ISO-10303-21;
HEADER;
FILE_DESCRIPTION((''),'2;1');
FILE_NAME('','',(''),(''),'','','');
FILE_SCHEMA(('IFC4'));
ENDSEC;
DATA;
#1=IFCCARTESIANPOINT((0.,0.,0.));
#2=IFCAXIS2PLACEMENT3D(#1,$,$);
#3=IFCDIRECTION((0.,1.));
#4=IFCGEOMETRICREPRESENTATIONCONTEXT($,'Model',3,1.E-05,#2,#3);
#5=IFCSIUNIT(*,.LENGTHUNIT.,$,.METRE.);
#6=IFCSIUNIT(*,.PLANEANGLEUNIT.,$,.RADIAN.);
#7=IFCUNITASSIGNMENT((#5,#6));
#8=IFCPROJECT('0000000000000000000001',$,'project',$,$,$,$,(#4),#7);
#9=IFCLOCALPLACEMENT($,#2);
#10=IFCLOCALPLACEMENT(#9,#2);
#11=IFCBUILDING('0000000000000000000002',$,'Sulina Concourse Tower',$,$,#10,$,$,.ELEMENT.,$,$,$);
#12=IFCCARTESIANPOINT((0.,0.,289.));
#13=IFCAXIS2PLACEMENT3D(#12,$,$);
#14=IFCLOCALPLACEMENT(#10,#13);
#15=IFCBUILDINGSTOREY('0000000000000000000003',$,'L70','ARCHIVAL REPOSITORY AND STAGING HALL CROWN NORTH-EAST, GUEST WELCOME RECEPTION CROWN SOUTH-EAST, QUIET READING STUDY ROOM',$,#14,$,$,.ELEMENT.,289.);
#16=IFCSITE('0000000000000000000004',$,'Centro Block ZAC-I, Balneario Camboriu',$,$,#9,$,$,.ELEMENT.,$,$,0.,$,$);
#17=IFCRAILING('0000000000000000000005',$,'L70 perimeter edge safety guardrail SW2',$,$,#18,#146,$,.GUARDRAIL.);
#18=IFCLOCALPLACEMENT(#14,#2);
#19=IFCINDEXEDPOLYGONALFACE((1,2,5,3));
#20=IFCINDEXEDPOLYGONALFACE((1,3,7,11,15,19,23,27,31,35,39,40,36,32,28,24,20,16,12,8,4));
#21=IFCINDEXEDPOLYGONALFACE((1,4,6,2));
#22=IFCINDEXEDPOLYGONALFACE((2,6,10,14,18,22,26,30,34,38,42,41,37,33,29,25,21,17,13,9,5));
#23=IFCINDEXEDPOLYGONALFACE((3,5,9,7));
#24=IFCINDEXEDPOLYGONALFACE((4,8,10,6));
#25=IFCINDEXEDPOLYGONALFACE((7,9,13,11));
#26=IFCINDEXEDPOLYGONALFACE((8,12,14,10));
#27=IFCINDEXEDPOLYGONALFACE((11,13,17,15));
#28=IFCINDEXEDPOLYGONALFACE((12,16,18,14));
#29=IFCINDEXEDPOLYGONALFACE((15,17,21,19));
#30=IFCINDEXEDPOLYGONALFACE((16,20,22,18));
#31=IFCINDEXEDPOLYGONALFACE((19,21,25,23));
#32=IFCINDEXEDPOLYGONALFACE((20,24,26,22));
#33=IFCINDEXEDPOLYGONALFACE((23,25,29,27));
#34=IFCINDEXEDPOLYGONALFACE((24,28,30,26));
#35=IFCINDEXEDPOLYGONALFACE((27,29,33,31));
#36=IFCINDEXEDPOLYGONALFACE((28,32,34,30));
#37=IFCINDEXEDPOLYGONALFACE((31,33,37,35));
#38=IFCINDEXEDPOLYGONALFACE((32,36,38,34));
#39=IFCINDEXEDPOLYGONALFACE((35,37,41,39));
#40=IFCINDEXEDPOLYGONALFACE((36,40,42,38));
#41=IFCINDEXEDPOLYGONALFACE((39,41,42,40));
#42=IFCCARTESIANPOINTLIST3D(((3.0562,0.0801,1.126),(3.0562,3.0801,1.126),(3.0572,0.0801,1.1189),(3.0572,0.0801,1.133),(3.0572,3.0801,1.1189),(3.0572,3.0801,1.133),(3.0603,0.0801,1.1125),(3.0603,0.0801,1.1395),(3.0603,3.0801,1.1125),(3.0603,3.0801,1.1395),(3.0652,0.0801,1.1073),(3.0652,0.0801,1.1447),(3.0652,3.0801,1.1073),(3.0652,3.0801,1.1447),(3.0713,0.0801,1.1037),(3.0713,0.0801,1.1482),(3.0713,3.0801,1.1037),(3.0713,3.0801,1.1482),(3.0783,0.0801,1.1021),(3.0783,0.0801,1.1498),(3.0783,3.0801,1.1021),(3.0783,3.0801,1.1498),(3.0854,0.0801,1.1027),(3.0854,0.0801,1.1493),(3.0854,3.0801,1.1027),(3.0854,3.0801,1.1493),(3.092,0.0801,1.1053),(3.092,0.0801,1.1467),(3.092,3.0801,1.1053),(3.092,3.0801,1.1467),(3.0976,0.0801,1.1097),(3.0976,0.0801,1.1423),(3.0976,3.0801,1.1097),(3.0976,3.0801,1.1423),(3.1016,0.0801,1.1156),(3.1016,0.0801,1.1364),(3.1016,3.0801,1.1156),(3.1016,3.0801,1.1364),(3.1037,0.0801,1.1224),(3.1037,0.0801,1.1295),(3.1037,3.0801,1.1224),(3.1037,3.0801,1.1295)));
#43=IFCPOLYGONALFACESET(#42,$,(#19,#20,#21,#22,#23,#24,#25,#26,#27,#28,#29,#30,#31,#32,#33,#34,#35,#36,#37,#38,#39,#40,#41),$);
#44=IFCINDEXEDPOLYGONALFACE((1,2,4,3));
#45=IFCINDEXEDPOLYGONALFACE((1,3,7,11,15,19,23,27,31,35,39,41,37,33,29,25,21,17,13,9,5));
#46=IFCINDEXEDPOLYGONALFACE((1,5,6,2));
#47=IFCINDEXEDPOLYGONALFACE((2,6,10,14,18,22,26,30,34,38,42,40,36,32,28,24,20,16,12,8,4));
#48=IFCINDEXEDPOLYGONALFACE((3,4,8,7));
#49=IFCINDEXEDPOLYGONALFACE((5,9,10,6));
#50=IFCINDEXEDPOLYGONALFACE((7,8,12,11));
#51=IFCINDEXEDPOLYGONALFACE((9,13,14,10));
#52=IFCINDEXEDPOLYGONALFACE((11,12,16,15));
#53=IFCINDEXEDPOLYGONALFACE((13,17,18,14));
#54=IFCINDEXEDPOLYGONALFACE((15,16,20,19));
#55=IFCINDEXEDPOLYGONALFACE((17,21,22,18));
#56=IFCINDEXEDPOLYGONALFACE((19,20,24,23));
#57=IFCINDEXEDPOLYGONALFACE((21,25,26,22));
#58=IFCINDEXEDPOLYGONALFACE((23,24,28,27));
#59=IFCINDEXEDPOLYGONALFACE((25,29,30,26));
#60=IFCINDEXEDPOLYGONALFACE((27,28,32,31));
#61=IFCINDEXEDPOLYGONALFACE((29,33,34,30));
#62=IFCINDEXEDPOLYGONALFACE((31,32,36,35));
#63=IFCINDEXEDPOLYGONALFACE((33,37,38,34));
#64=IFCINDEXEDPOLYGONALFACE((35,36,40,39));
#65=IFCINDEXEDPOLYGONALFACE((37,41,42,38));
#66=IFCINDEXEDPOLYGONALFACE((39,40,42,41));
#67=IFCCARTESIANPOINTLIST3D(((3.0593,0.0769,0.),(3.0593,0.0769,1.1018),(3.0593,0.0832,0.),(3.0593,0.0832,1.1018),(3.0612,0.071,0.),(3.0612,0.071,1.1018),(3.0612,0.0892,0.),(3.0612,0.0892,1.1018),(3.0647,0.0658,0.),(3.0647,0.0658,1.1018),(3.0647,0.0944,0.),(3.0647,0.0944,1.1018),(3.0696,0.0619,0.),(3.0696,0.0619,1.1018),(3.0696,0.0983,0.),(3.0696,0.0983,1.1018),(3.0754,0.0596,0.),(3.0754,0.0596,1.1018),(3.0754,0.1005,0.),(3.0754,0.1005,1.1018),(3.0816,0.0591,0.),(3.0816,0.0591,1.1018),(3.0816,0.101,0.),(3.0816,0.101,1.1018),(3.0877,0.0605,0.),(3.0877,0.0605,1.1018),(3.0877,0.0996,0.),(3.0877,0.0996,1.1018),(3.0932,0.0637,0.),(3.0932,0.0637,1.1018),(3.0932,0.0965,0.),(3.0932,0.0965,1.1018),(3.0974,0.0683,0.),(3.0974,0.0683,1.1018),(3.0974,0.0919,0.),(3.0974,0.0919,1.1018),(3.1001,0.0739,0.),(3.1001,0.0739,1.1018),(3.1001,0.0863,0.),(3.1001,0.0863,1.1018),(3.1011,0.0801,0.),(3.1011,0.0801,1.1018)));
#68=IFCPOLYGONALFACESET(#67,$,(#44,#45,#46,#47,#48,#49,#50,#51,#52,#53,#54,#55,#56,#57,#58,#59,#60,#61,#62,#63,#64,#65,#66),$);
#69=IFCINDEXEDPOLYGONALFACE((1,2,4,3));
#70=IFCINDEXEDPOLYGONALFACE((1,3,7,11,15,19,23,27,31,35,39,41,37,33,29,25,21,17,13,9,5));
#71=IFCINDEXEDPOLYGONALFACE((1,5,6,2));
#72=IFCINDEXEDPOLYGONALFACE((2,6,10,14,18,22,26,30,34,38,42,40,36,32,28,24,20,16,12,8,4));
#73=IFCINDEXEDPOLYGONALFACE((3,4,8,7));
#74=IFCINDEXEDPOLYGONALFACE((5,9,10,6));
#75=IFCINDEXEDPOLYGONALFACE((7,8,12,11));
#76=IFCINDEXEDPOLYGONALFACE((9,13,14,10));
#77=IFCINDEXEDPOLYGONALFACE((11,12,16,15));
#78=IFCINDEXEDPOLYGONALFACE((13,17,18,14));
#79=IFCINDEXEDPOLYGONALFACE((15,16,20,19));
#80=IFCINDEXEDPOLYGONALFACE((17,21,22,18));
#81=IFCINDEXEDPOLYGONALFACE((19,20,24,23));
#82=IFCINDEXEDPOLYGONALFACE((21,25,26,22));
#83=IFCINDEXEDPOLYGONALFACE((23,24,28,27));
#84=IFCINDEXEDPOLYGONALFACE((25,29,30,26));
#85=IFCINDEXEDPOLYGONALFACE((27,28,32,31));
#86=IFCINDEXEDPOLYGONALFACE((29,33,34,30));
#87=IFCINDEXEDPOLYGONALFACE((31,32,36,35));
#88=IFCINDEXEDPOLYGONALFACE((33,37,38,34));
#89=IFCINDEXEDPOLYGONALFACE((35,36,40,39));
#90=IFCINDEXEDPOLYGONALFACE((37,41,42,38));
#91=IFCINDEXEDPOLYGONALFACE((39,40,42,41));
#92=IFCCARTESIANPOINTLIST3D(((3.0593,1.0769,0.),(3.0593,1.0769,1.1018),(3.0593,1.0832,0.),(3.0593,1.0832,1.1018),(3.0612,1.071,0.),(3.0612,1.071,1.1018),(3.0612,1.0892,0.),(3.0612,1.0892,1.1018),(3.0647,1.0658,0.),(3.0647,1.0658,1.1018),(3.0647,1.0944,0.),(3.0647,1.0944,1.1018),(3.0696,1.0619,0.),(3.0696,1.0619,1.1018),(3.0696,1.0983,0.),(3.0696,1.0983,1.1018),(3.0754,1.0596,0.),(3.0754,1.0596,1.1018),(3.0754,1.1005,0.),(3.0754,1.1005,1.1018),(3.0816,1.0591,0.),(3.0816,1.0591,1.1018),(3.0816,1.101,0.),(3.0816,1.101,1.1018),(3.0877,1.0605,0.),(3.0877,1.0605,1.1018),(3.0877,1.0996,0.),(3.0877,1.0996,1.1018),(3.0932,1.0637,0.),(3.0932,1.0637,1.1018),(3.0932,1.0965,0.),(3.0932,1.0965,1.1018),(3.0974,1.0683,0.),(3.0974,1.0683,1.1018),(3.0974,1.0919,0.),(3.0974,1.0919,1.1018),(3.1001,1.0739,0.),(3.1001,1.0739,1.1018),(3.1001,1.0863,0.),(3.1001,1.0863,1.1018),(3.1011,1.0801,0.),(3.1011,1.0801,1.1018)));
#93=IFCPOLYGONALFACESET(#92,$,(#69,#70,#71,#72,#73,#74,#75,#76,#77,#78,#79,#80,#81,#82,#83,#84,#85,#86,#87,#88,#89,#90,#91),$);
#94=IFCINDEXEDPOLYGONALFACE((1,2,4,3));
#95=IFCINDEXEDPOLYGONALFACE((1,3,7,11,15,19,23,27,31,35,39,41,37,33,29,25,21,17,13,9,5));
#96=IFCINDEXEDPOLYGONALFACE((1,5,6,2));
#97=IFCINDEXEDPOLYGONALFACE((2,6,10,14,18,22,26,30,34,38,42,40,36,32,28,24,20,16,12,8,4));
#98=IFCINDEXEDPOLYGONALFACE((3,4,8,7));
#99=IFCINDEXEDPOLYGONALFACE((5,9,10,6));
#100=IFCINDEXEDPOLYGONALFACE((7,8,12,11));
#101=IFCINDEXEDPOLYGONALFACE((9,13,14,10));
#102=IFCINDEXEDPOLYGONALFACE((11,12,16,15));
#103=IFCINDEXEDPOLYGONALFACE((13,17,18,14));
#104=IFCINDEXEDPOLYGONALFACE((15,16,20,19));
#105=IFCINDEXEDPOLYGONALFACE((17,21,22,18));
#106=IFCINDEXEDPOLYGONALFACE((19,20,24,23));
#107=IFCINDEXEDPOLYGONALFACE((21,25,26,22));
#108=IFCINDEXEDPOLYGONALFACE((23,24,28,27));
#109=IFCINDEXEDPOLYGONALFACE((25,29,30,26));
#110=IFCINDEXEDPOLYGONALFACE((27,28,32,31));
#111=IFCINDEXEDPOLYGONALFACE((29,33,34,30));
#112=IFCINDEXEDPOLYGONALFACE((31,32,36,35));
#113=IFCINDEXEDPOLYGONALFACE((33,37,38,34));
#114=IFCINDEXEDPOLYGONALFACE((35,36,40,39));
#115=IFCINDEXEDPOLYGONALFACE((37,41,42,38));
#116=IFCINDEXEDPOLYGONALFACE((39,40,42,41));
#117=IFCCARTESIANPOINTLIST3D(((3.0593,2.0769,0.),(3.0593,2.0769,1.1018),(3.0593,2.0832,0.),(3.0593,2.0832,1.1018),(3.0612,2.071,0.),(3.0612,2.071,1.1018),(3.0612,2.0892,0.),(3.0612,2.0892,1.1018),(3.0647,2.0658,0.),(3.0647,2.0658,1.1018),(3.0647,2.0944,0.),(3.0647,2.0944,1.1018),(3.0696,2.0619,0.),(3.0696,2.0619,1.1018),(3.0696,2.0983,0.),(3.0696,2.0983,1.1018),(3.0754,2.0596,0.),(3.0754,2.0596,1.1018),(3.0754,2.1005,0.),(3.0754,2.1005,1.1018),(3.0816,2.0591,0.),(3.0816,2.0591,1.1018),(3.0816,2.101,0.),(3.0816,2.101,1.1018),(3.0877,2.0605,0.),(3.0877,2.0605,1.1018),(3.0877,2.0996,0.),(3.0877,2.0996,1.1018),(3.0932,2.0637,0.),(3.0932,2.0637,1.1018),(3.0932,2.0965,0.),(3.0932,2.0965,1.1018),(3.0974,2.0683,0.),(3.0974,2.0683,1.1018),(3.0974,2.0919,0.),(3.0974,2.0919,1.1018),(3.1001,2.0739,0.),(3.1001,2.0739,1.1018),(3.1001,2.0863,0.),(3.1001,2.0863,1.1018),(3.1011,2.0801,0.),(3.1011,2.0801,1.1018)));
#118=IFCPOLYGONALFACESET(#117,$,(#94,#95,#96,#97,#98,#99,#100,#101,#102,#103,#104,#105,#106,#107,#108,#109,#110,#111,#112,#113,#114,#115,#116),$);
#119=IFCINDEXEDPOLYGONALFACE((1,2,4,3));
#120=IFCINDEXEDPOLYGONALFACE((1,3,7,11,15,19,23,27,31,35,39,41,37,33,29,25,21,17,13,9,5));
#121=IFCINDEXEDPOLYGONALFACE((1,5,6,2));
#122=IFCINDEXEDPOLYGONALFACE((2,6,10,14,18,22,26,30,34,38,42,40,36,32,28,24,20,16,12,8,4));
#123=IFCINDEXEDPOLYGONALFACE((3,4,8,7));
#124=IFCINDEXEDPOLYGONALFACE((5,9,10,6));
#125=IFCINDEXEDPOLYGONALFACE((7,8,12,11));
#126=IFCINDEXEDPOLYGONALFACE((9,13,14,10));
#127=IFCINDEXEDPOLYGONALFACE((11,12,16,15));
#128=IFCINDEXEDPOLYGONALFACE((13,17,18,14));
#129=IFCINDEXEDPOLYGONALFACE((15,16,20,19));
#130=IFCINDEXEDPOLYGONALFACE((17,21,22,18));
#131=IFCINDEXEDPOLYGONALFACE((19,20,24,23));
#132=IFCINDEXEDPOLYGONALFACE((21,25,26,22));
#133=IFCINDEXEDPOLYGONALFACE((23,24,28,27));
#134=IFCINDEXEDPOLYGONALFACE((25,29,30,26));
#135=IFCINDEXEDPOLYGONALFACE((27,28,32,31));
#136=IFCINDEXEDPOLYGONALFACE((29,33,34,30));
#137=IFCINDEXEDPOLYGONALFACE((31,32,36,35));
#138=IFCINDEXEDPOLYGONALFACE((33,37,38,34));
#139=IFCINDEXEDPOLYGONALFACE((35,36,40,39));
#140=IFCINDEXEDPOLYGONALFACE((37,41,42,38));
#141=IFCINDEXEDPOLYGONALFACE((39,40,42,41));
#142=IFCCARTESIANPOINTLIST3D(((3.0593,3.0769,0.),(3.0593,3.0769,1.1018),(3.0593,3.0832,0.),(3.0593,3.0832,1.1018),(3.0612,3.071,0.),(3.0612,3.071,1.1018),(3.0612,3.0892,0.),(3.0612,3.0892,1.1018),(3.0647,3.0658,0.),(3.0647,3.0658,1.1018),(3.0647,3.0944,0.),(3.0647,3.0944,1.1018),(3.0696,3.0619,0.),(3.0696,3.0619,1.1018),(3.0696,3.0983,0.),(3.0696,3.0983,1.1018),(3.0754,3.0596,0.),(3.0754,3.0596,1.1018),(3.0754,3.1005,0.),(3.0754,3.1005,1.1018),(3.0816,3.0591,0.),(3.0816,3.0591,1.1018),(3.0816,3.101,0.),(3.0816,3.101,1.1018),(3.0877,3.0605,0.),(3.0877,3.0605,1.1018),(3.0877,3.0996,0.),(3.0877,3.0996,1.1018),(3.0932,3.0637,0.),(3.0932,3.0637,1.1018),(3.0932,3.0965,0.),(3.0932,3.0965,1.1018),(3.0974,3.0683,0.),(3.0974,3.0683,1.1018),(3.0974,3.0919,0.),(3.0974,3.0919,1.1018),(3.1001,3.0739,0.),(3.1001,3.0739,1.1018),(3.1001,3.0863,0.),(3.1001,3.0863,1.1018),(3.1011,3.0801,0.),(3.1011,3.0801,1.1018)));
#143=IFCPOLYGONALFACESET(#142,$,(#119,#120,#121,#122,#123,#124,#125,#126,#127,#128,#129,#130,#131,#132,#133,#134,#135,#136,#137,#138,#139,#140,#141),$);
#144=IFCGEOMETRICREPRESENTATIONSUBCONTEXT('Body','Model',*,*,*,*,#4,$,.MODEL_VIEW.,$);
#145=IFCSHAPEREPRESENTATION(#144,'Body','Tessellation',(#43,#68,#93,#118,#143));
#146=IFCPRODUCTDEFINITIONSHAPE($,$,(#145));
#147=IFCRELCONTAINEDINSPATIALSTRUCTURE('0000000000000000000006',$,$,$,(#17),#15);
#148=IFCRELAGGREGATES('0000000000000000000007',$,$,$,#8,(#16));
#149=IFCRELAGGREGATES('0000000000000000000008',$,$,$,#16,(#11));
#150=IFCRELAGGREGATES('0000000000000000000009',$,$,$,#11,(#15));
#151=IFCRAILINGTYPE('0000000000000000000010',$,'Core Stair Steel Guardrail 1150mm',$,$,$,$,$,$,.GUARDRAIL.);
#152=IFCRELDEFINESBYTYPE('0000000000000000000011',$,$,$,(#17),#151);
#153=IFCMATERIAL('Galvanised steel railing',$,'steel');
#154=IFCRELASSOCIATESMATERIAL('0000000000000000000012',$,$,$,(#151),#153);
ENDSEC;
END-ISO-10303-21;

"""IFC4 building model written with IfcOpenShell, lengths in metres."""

from ifc_helpers import new_model, si_unit, direction, frame, origin, origin_2d, place, context, subcontext, project, spatial, circle, extrude, material, type_object, element, save


model = new_model("IFC4")

# Units and contexts
model_context = context("Model", 3, precision=1e-05, world=origin(), true_north=direction((0.0, 1.0)))
body_context = subcontext(model_context, "Body", "Model", "MODEL_VIEW")
ifc_project = project(units=[si_unit("LENGTHUNIT", "METRE"), si_unit("PLANEANGLEUNIT", "RADIAN")], contexts=[model_context])

# Site, building, storey
site_placement = place(None, origin())
site = spatial("IfcSite", under=ifc_project, at=site_placement, Name="Centro Block ZAC-I, Balneario Camboriu", CompositionType="ELEMENT", RefElevation=0.0)
building_placement = place(site_placement, origin())
building = spatial("IfcBuilding", under=site, at=building_placement, Name="Sulina Concourse Tower", CompositionType="ELEMENT")
storey_placement = place(building_placement, frame((0.0, 0.0, 289.0)))
storey = spatial("IfcBuildingStorey", under=building, at=storey_placement, Name="L70", Description="ARCHIVAL REPOSITORY AND STAGING HALL CROWN NORTH-EAST, GUEST WELCOME RECEPTION CROWN SOUTH-EAST, QUIET READING STUDY ROOM", CompositionType="ELEMENT", Elevation=289.0)

# Railing
ifc_material_1 = material(Name="Galvanised steel railing", Category="steel")
railing_type = type_object("IfcRailingType", Name="Core Stair Steel Guardrail 1150mm", PredefinedType="GUARDRAIL", material=ifc_material_1)
railing_1_placement = place(storey_placement, frame((3.0801, 0.0801, 0.0)))
element("IfcRailing", 1, at=railing_1_placement, inside=storey, type_object=railing_type, Name="L70 perimeter edge safety guardrail SW2", PredefinedType="GUARDRAIL", context=body_context, shape_type="SweptSolid", body=[
    extrude(circle(Radius=0.0239, at=origin_2d()), frame((0.0, 0.0, 1.126), z_axis=(0.0, 1.0, 0.0), x_axis=(-1.0, 0.0, 0.0)), (0.0, 0.0, 1.0), 3.0),
    extrude(circle(Radius=0.021, at=origin_2d()), origin(), (0.0, 0.0, 1.0), 1.1018),
    extrude(circle(Radius=0.021, at=origin_2d()), frame((0.0, 1.0, 0.0)), (0.0, 0.0, 1.0), 1.1018),
    extrude(circle(Radius=0.021, at=origin_2d()), frame((0.0, 2.0, 0.0)), (0.0, 0.0, 1.0), 1.1018),
    extrude(circle(Radius=0.021, at=origin_2d()), frame((0.0, 3.0, 0.0)), (0.0, 0.0, 1.0), 1.1018),
])

save(model, "model.ifc")
